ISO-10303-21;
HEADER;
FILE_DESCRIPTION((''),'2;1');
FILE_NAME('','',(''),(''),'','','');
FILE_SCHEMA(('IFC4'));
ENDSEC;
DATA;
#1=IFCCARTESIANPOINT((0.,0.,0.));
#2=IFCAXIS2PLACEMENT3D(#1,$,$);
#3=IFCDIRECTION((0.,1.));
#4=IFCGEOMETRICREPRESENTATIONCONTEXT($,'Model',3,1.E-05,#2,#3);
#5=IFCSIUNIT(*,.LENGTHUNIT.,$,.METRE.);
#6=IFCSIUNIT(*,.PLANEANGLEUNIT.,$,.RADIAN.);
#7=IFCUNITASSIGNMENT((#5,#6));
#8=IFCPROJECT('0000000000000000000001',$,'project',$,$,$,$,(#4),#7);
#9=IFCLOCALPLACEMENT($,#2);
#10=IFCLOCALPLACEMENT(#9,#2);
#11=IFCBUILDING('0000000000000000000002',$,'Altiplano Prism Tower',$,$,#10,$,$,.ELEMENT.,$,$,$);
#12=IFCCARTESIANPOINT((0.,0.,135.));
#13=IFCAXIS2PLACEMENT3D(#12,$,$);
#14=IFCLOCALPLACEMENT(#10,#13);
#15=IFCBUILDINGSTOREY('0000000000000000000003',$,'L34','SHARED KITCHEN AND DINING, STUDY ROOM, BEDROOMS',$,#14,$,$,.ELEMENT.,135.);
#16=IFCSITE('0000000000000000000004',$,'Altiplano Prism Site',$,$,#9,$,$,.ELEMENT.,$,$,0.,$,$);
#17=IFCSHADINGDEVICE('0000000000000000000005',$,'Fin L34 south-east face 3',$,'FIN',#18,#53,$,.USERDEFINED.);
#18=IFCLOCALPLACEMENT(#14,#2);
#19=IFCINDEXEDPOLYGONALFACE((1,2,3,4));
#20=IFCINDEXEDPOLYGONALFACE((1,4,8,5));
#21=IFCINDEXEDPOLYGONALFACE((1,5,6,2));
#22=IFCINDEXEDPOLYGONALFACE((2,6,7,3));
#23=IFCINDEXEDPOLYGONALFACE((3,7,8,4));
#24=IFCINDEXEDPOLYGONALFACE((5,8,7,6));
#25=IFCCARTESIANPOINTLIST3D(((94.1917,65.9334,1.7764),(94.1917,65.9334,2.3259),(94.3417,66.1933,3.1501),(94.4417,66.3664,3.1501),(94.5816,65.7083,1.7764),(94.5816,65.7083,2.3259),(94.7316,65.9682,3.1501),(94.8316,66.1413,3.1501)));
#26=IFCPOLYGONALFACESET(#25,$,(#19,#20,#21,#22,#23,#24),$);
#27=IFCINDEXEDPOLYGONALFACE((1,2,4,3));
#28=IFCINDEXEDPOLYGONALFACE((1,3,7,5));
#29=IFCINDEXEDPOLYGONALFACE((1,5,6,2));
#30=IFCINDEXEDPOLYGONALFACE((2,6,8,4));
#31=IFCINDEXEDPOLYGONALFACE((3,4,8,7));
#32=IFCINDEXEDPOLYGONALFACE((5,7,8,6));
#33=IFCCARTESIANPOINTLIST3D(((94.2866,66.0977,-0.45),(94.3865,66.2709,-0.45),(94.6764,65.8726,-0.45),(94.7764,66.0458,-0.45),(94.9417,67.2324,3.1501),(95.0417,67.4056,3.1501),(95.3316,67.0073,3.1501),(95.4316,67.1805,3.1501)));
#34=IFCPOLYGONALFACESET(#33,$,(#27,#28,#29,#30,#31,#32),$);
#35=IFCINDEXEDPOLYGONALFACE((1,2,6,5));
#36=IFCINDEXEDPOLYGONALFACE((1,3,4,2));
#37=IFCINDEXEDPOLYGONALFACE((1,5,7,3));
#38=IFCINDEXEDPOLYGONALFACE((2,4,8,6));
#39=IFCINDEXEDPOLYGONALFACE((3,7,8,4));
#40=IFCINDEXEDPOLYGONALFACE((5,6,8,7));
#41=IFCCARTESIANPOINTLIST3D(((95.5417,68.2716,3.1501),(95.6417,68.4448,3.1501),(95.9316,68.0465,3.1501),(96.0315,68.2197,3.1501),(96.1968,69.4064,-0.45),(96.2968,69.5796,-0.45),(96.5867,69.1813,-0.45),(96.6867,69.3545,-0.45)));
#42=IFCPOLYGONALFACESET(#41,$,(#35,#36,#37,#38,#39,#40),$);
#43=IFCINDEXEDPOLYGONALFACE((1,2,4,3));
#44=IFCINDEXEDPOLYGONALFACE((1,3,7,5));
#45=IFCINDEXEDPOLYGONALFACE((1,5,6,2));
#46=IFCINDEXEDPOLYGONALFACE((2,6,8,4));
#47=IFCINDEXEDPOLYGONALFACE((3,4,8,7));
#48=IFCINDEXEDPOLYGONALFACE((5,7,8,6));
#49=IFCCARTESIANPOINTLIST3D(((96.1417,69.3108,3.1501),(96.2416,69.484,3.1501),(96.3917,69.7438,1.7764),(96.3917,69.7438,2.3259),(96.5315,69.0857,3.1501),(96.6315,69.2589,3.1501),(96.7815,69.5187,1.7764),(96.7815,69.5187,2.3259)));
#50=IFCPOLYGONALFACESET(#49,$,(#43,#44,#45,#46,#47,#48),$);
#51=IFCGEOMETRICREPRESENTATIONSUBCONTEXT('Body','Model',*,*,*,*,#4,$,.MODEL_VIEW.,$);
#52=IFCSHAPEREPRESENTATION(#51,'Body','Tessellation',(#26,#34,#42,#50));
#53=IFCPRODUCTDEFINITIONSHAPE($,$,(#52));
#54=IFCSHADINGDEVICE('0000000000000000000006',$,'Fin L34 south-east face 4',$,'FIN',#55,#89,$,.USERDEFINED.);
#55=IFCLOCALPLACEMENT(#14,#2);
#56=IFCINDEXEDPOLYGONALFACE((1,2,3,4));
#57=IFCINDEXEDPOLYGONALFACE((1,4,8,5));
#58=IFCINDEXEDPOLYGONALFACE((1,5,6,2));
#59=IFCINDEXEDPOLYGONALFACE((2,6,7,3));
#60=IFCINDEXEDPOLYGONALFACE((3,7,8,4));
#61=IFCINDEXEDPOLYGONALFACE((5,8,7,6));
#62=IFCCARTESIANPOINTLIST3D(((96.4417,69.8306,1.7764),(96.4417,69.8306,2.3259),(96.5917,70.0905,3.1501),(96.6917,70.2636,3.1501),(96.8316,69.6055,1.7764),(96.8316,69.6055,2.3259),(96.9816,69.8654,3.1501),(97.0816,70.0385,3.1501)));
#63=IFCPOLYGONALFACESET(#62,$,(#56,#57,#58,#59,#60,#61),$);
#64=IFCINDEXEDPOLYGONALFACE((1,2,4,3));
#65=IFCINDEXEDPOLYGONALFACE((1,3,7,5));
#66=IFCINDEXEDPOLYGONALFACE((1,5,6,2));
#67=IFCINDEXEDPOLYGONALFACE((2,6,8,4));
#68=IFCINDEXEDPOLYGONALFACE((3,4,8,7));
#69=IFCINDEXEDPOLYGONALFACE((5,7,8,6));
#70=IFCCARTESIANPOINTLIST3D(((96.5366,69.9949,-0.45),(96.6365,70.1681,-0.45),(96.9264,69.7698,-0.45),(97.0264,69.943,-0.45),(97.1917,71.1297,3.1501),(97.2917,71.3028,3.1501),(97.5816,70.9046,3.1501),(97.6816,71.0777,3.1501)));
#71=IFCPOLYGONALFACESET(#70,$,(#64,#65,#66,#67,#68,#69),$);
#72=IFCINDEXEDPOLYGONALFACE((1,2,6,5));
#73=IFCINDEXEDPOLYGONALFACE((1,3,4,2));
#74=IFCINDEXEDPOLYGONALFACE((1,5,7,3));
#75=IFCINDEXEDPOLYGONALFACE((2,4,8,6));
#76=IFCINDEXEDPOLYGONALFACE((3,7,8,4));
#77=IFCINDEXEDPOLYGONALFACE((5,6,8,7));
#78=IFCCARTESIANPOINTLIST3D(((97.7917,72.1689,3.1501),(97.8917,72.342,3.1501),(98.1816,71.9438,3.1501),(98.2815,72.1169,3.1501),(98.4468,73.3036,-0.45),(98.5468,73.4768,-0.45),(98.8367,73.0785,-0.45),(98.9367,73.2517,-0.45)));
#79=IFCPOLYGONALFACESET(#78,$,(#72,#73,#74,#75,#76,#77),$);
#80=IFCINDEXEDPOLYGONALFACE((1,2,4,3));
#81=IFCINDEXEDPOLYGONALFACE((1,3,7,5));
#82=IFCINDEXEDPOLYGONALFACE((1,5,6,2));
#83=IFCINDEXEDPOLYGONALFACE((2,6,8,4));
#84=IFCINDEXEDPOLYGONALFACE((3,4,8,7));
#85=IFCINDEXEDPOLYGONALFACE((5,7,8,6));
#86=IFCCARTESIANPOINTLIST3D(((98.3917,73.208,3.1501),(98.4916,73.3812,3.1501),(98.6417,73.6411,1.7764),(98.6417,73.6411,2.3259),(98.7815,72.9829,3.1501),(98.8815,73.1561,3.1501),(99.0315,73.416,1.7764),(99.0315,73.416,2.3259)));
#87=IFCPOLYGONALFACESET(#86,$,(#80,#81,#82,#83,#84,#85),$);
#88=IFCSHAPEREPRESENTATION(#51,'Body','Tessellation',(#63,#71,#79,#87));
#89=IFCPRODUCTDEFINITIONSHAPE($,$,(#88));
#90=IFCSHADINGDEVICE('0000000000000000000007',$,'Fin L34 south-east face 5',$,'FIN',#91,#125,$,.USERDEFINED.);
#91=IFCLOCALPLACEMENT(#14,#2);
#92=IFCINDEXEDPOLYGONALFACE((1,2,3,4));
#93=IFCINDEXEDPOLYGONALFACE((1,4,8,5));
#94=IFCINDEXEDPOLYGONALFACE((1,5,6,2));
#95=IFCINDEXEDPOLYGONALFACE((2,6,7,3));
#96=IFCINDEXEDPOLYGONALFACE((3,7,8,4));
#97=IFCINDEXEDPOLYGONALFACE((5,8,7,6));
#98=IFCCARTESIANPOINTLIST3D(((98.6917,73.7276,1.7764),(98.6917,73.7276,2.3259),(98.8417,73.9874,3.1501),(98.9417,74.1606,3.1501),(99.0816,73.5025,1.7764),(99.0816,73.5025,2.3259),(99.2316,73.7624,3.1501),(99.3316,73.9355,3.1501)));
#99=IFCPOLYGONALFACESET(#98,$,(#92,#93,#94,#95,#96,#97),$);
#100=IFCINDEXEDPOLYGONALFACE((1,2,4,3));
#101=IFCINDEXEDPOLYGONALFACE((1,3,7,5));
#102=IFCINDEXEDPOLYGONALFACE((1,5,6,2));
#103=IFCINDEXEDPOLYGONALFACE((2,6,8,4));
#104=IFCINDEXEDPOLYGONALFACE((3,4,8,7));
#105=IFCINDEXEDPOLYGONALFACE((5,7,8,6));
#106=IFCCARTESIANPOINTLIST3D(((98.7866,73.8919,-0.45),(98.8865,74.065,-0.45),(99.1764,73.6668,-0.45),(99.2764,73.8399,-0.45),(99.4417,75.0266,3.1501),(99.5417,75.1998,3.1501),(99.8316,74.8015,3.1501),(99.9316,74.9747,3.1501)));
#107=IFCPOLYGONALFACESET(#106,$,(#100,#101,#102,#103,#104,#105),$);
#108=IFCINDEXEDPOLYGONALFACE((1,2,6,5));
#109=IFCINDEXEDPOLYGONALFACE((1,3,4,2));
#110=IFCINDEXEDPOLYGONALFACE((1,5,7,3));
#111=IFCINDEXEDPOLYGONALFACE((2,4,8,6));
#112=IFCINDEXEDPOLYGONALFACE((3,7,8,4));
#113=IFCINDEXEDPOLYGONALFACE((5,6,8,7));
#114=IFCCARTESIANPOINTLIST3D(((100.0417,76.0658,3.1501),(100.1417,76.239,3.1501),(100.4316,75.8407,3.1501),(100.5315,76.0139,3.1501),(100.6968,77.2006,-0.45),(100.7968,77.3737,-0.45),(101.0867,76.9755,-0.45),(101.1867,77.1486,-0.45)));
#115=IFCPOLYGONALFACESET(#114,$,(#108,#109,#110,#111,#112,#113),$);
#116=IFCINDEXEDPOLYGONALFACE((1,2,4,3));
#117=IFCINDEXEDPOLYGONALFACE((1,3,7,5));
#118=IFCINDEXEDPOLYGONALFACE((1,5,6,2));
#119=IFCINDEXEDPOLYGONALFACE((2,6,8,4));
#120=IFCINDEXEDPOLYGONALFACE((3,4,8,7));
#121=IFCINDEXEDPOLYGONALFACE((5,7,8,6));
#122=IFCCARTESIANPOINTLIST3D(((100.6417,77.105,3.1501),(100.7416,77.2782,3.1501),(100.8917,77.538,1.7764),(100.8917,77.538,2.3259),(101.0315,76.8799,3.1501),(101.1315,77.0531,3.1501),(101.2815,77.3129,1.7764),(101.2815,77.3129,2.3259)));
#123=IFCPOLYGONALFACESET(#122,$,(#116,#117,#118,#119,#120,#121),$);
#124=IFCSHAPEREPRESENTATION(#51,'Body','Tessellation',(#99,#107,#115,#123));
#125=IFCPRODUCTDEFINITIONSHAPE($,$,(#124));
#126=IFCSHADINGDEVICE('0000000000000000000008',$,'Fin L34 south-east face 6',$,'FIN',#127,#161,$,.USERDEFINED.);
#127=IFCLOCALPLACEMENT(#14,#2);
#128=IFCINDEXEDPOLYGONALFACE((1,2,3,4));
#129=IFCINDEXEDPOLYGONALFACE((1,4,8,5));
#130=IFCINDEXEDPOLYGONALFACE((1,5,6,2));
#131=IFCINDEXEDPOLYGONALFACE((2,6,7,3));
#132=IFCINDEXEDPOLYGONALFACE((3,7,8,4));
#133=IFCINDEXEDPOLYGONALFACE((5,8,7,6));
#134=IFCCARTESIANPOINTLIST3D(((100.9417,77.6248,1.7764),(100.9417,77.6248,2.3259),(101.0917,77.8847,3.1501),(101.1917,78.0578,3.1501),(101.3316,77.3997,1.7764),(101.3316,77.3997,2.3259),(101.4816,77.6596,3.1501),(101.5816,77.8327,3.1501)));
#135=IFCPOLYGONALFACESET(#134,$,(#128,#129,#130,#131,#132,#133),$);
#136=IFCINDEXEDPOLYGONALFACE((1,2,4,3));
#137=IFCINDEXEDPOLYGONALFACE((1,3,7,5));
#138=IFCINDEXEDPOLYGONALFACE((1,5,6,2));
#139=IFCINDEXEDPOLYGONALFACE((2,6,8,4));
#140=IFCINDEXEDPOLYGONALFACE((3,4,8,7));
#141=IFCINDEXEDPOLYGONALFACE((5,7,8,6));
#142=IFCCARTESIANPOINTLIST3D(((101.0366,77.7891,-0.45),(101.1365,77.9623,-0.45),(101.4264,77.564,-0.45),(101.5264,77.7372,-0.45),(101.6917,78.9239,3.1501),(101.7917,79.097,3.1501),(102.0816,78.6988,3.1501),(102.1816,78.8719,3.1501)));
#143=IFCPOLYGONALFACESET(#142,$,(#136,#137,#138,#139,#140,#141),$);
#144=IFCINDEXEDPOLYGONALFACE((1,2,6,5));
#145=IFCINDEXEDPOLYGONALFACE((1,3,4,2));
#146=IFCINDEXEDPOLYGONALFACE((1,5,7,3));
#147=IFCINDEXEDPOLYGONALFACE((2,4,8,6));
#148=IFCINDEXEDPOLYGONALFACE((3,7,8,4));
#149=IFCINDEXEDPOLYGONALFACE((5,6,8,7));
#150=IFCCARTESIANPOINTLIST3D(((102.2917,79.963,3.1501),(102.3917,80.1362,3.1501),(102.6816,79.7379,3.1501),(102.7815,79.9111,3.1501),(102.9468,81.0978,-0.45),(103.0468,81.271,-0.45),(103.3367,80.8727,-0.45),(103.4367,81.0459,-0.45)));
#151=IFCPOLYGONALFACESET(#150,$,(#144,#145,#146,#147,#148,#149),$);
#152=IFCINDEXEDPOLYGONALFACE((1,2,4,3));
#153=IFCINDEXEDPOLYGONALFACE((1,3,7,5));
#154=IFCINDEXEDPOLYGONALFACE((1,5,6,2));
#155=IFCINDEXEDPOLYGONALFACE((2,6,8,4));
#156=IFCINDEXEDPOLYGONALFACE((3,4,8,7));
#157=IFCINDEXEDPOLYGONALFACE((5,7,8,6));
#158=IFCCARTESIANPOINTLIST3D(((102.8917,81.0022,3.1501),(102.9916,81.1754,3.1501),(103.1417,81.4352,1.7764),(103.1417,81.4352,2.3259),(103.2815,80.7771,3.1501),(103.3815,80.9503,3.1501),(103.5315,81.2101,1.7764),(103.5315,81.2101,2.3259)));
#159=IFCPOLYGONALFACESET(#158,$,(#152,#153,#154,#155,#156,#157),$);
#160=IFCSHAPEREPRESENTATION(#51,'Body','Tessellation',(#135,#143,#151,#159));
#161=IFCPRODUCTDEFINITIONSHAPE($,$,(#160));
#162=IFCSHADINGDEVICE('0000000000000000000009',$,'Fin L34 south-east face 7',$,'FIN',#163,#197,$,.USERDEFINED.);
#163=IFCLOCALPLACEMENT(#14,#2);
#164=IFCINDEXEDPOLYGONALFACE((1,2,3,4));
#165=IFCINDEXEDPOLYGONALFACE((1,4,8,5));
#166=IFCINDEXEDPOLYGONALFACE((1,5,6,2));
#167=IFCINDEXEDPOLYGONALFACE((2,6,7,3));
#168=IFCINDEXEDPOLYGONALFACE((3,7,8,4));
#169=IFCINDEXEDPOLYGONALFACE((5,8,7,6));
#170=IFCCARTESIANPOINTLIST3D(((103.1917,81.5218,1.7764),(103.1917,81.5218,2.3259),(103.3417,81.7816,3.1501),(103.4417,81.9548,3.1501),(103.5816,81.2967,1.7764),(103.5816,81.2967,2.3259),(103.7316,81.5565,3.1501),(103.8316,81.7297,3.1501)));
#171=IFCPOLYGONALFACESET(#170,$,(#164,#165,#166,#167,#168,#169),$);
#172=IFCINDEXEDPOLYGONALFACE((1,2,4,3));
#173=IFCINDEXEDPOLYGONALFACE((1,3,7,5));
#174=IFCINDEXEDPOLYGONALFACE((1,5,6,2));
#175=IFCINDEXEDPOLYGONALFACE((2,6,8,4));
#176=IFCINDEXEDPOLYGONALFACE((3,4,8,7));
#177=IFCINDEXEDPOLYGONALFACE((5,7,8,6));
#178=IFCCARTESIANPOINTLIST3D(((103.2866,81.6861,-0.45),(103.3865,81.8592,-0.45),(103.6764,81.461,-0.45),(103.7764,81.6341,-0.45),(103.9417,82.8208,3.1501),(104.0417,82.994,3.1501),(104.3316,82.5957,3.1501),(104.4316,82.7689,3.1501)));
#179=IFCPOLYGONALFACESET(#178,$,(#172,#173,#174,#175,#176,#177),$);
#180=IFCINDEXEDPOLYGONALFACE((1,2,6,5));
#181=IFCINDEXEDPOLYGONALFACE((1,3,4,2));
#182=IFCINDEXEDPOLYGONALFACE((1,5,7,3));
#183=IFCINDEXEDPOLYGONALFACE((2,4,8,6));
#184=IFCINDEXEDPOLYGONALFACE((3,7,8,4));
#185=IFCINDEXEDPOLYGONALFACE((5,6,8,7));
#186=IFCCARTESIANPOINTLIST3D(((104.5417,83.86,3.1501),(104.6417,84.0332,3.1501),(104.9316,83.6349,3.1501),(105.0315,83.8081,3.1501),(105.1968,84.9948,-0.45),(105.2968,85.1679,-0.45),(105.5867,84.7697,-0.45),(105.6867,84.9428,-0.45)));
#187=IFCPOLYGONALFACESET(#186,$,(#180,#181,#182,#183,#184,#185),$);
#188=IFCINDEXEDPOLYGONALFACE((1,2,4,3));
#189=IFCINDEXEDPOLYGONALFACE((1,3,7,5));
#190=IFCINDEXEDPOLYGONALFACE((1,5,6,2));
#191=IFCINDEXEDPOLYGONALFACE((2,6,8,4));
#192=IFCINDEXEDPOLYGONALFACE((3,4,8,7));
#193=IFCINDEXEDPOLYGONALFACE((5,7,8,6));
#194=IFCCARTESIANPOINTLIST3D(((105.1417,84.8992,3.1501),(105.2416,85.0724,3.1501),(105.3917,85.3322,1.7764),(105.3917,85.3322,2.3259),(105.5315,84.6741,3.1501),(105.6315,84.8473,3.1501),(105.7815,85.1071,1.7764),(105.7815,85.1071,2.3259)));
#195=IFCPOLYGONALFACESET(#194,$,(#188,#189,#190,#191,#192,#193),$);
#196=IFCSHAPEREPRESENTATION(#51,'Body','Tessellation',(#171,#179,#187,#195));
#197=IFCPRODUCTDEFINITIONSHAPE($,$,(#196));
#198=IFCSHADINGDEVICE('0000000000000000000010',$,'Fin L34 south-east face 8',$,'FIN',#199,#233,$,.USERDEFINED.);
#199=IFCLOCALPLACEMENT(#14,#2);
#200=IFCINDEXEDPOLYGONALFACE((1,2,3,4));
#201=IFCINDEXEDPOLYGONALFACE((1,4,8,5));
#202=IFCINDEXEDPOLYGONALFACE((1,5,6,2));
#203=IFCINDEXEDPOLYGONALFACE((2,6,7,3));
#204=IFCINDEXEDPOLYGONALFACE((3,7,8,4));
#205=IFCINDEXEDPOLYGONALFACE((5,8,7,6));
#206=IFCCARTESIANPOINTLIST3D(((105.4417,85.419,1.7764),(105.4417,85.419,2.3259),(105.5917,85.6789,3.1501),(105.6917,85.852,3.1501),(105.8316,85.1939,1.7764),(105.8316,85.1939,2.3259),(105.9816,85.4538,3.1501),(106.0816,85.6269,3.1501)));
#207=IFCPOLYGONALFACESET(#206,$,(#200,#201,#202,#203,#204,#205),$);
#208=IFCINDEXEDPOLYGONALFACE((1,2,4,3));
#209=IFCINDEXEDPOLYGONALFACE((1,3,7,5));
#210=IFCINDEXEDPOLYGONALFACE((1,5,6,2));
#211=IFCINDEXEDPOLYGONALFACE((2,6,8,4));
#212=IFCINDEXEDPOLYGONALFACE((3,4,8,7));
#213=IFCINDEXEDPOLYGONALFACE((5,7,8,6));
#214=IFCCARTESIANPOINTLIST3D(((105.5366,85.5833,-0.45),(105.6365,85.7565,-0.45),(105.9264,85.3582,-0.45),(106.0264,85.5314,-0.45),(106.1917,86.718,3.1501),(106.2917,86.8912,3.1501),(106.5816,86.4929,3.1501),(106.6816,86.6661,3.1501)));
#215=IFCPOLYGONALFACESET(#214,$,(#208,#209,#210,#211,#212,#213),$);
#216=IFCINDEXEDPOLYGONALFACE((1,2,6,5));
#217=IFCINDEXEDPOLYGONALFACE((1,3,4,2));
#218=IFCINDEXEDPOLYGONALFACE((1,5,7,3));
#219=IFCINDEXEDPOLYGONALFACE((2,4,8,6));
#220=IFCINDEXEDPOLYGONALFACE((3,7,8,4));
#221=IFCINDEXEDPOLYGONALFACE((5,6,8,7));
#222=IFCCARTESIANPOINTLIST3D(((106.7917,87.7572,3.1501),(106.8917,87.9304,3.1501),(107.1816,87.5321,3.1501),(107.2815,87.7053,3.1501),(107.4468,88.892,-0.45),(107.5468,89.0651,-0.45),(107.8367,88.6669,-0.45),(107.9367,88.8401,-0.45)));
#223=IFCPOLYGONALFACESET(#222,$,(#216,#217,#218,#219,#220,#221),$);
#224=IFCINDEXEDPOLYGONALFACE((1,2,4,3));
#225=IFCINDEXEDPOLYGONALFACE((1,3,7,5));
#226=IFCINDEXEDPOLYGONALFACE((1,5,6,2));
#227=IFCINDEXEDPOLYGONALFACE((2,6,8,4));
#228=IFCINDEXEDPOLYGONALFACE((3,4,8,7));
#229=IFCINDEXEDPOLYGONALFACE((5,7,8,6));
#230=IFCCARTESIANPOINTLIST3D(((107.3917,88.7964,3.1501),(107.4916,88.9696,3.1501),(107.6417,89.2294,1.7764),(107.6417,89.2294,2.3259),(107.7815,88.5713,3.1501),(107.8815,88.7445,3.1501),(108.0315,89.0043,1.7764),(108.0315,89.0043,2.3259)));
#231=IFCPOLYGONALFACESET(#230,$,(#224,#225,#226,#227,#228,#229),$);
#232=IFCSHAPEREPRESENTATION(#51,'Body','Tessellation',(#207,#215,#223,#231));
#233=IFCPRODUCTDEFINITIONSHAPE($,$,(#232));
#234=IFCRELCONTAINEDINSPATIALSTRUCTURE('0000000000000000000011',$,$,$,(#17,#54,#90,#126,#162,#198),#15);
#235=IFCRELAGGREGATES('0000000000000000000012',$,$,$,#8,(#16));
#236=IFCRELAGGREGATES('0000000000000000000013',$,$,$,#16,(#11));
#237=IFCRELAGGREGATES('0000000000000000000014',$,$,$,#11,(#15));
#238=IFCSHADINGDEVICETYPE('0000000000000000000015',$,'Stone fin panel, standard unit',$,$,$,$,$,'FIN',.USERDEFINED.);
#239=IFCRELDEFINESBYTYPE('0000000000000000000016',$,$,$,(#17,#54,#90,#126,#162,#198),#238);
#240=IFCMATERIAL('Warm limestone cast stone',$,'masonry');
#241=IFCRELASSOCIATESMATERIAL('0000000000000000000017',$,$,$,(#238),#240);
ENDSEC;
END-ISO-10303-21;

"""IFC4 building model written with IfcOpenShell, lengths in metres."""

from ifc_helpers import new_model, si_unit, direction, frame, origin, place, context, subcontext, project, spatial, polyline, outline, extrude, source, transform, mapped, material, type_object, element, save


model = new_model("IFC4")

# Units and contexts
model_context = context("Model", 3, precision=1e-05, world=origin(), true_north=direction((0.0, 1.0)))
body_context = subcontext(model_context, "Body", "Model", "MODEL_VIEW")
ifc_project = project(units=[si_unit("LENGTHUNIT", "METRE"), si_unit("PLANEANGLEUNIT", "RADIAN")], contexts=[model_context])

# Site, building, storey
site_placement = place(None, origin())
site = spatial("IfcSite", under=ifc_project, at=site_placement, Name="Altiplano Prism Site", CompositionType="ELEMENT", RefElevation=0.0)
building_placement = place(site_placement, origin())
building = spatial("IfcBuilding", under=site, at=building_placement, Name="Altiplano Prism Tower", CompositionType="ELEMENT")
storey_placement = place(building_placement, frame((0.0, 0.0, 135.0)))
storey = spatial("IfcBuildingStorey", under=building, at=storey_placement, Name="L34", Description="SHARED KITCHEN AND DINING, STUDY ROOM, BEDROOMS", CompositionType="ELEMENT", Elevation=135.0)

# Shading devices
ifc_material_1 = material(Name="Warm limestone cast stone", Category="masonry")
shading_device_type_1 = type_object("IfcShadingDeviceType", Name="Stone fin panel, standard unit", ElementType="FIN", PredefinedType="USERDEFINED", material=ifc_material_1)
shared_shape_1 = source(origin(), body_context, "Body", "SweptSolid", [
    extrude(outline(polyline([(-2.2, 2.2263), (-1.7, 3.6001), (-1.8999, 3.6001), (-2.2, 2.7759), (-2.2, 2.2263)])), frame((0.0, -0.1499, 0.0), z_axis=(0.0, -1.0, 0.0), x_axis=(1.0, 0.0, 0.0)), (0.0, 0.0, 1.0), 0.4502),
    extrude(outline(polyline([(-2.0103, 0.0), (-1.8103, 0.0), (-0.5, 3.6001), (-0.7, 3.6001), (-2.0103, 0.0)])), frame((0.0, -0.1499, 0.0), z_axis=(0.0, -1.0, 0.0), x_axis=(1.0, 0.0, 0.0)), (0.0, 0.0, 1.0), 0.4502),
    extrude(outline(polyline([(1.8103, 0.0), (2.0103, 0.0), (0.7, 3.6001), (0.5, 3.6001), (1.8103, 0.0)])), frame((0.0, -0.1499, 0.0), z_axis=(0.0, -1.0, 0.0), x_axis=(1.0, 0.0, 0.0)), (0.0, 0.0, 1.0), 0.4502),
    extrude(outline(polyline([(2.2, 2.7759), (1.8999, 3.6001), (1.7, 3.6001), (2.2, 2.2263), (2.2, 2.7759)])), frame((0.0, -0.1499, 0.0), z_axis=(0.0, -1.0, 0.0), x_axis=(1.0, 0.0, 0.0)), (0.0, 0.0, 1.0), 0.4502),
])
shading_device_1_placement = place(storey_placement, origin())
element("IfcShadingDevice", 1, at=shading_device_1_placement, inside=storey, type_object=shading_device_type_1, Name="Fin L34 south-east face 3", ObjectType="FIN", PredefinedType="USERDEFINED", context=body_context, shape_type="MappedRepresentation", body=[
    mapped(shared_shape_1, transform((95.1619, 67.9136, -0.45), x_axis=(0.5, 0.866025, 0.0), y_axis=(-0.866025, 0.5, 0.0), z_axis=(0.0, 0.0, 1.0))),
])
shading_device_2_placement = place(storey_placement, origin())
element("IfcShadingDevice", 2, at=shading_device_2_placement, inside=storey, type_object=shading_device_type_1, Name="Fin L34 south-east face 4", ObjectType="FIN", PredefinedType="USERDEFINED", context=body_context, shape_type="MappedRepresentation", body=[
    mapped(shared_shape_1, transform((97.4119, 71.8108, -0.45), x_axis=(0.5, 0.866025, 0.0), y_axis=(-0.866025, 0.5, 0.0), z_axis=(0.0, 0.0, 1.0))),
])
shading_device_3_placement = place(storey_placement, origin())
element("IfcShadingDevice", 3, at=shading_device_3_placement, inside=storey, type_object=shading_device_type_1, Name="Fin L34 south-east face 5", ObjectType="FIN", PredefinedType="USERDEFINED", context=body_context, shape_type="MappedRepresentation", body=[
    mapped(shared_shape_1, transform((99.6619, 75.7078, -0.45), x_axis=(0.5, 0.866025, 0.0), y_axis=(-0.866025, 0.5, 0.0), z_axis=(0.0, 0.0, 1.0))),
])
shading_device_4_placement = place(storey_placement, origin())
element("IfcShadingDevice", 4, at=shading_device_4_placement, inside=storey, type_object=shading_device_type_1, Name="Fin L34 south-east face 6", ObjectType="FIN", PredefinedType="USERDEFINED", context=body_context, shape_type="MappedRepresentation", body=[
    mapped(shared_shape_1, transform((101.9119, 79.605, -0.45), x_axis=(0.5, 0.866025, 0.0), y_axis=(-0.866025, 0.5, 0.0), z_axis=(0.0, 0.0, 1.0))),
])
shading_device_5_placement = place(storey_placement, origin())
element("IfcShadingDevice", 5, at=shading_device_5_placement, inside=storey, type_object=shading_device_type_1, Name="Fin L34 south-east face 7", ObjectType="FIN", PredefinedType="USERDEFINED", context=body_context, shape_type="MappedRepresentation", body=[
    mapped(shared_shape_1, transform((104.1619, 83.502, -0.45), x_axis=(0.5, 0.866025, 0.0), y_axis=(-0.866025, 0.5, 0.0), z_axis=(0.0, 0.0, 1.0))),
])
shading_device_6_placement = place(storey_placement, origin())
element("IfcShadingDevice", 6, at=shading_device_6_placement, inside=storey, type_object=shading_device_type_1, Name="Fin L34 south-east face 8", ObjectType="FIN", PredefinedType="USERDEFINED", context=body_context, shape_type="MappedRepresentation", body=[
    mapped(shared_shape_1, transform((106.4119, 87.3992, -0.45), x_axis=(0.5, 0.866025, 0.0), y_axis=(-0.866025, 0.5, 0.0), z_axis=(0.0, 0.0, 1.0))),
])

save(model, "model.ifc")
